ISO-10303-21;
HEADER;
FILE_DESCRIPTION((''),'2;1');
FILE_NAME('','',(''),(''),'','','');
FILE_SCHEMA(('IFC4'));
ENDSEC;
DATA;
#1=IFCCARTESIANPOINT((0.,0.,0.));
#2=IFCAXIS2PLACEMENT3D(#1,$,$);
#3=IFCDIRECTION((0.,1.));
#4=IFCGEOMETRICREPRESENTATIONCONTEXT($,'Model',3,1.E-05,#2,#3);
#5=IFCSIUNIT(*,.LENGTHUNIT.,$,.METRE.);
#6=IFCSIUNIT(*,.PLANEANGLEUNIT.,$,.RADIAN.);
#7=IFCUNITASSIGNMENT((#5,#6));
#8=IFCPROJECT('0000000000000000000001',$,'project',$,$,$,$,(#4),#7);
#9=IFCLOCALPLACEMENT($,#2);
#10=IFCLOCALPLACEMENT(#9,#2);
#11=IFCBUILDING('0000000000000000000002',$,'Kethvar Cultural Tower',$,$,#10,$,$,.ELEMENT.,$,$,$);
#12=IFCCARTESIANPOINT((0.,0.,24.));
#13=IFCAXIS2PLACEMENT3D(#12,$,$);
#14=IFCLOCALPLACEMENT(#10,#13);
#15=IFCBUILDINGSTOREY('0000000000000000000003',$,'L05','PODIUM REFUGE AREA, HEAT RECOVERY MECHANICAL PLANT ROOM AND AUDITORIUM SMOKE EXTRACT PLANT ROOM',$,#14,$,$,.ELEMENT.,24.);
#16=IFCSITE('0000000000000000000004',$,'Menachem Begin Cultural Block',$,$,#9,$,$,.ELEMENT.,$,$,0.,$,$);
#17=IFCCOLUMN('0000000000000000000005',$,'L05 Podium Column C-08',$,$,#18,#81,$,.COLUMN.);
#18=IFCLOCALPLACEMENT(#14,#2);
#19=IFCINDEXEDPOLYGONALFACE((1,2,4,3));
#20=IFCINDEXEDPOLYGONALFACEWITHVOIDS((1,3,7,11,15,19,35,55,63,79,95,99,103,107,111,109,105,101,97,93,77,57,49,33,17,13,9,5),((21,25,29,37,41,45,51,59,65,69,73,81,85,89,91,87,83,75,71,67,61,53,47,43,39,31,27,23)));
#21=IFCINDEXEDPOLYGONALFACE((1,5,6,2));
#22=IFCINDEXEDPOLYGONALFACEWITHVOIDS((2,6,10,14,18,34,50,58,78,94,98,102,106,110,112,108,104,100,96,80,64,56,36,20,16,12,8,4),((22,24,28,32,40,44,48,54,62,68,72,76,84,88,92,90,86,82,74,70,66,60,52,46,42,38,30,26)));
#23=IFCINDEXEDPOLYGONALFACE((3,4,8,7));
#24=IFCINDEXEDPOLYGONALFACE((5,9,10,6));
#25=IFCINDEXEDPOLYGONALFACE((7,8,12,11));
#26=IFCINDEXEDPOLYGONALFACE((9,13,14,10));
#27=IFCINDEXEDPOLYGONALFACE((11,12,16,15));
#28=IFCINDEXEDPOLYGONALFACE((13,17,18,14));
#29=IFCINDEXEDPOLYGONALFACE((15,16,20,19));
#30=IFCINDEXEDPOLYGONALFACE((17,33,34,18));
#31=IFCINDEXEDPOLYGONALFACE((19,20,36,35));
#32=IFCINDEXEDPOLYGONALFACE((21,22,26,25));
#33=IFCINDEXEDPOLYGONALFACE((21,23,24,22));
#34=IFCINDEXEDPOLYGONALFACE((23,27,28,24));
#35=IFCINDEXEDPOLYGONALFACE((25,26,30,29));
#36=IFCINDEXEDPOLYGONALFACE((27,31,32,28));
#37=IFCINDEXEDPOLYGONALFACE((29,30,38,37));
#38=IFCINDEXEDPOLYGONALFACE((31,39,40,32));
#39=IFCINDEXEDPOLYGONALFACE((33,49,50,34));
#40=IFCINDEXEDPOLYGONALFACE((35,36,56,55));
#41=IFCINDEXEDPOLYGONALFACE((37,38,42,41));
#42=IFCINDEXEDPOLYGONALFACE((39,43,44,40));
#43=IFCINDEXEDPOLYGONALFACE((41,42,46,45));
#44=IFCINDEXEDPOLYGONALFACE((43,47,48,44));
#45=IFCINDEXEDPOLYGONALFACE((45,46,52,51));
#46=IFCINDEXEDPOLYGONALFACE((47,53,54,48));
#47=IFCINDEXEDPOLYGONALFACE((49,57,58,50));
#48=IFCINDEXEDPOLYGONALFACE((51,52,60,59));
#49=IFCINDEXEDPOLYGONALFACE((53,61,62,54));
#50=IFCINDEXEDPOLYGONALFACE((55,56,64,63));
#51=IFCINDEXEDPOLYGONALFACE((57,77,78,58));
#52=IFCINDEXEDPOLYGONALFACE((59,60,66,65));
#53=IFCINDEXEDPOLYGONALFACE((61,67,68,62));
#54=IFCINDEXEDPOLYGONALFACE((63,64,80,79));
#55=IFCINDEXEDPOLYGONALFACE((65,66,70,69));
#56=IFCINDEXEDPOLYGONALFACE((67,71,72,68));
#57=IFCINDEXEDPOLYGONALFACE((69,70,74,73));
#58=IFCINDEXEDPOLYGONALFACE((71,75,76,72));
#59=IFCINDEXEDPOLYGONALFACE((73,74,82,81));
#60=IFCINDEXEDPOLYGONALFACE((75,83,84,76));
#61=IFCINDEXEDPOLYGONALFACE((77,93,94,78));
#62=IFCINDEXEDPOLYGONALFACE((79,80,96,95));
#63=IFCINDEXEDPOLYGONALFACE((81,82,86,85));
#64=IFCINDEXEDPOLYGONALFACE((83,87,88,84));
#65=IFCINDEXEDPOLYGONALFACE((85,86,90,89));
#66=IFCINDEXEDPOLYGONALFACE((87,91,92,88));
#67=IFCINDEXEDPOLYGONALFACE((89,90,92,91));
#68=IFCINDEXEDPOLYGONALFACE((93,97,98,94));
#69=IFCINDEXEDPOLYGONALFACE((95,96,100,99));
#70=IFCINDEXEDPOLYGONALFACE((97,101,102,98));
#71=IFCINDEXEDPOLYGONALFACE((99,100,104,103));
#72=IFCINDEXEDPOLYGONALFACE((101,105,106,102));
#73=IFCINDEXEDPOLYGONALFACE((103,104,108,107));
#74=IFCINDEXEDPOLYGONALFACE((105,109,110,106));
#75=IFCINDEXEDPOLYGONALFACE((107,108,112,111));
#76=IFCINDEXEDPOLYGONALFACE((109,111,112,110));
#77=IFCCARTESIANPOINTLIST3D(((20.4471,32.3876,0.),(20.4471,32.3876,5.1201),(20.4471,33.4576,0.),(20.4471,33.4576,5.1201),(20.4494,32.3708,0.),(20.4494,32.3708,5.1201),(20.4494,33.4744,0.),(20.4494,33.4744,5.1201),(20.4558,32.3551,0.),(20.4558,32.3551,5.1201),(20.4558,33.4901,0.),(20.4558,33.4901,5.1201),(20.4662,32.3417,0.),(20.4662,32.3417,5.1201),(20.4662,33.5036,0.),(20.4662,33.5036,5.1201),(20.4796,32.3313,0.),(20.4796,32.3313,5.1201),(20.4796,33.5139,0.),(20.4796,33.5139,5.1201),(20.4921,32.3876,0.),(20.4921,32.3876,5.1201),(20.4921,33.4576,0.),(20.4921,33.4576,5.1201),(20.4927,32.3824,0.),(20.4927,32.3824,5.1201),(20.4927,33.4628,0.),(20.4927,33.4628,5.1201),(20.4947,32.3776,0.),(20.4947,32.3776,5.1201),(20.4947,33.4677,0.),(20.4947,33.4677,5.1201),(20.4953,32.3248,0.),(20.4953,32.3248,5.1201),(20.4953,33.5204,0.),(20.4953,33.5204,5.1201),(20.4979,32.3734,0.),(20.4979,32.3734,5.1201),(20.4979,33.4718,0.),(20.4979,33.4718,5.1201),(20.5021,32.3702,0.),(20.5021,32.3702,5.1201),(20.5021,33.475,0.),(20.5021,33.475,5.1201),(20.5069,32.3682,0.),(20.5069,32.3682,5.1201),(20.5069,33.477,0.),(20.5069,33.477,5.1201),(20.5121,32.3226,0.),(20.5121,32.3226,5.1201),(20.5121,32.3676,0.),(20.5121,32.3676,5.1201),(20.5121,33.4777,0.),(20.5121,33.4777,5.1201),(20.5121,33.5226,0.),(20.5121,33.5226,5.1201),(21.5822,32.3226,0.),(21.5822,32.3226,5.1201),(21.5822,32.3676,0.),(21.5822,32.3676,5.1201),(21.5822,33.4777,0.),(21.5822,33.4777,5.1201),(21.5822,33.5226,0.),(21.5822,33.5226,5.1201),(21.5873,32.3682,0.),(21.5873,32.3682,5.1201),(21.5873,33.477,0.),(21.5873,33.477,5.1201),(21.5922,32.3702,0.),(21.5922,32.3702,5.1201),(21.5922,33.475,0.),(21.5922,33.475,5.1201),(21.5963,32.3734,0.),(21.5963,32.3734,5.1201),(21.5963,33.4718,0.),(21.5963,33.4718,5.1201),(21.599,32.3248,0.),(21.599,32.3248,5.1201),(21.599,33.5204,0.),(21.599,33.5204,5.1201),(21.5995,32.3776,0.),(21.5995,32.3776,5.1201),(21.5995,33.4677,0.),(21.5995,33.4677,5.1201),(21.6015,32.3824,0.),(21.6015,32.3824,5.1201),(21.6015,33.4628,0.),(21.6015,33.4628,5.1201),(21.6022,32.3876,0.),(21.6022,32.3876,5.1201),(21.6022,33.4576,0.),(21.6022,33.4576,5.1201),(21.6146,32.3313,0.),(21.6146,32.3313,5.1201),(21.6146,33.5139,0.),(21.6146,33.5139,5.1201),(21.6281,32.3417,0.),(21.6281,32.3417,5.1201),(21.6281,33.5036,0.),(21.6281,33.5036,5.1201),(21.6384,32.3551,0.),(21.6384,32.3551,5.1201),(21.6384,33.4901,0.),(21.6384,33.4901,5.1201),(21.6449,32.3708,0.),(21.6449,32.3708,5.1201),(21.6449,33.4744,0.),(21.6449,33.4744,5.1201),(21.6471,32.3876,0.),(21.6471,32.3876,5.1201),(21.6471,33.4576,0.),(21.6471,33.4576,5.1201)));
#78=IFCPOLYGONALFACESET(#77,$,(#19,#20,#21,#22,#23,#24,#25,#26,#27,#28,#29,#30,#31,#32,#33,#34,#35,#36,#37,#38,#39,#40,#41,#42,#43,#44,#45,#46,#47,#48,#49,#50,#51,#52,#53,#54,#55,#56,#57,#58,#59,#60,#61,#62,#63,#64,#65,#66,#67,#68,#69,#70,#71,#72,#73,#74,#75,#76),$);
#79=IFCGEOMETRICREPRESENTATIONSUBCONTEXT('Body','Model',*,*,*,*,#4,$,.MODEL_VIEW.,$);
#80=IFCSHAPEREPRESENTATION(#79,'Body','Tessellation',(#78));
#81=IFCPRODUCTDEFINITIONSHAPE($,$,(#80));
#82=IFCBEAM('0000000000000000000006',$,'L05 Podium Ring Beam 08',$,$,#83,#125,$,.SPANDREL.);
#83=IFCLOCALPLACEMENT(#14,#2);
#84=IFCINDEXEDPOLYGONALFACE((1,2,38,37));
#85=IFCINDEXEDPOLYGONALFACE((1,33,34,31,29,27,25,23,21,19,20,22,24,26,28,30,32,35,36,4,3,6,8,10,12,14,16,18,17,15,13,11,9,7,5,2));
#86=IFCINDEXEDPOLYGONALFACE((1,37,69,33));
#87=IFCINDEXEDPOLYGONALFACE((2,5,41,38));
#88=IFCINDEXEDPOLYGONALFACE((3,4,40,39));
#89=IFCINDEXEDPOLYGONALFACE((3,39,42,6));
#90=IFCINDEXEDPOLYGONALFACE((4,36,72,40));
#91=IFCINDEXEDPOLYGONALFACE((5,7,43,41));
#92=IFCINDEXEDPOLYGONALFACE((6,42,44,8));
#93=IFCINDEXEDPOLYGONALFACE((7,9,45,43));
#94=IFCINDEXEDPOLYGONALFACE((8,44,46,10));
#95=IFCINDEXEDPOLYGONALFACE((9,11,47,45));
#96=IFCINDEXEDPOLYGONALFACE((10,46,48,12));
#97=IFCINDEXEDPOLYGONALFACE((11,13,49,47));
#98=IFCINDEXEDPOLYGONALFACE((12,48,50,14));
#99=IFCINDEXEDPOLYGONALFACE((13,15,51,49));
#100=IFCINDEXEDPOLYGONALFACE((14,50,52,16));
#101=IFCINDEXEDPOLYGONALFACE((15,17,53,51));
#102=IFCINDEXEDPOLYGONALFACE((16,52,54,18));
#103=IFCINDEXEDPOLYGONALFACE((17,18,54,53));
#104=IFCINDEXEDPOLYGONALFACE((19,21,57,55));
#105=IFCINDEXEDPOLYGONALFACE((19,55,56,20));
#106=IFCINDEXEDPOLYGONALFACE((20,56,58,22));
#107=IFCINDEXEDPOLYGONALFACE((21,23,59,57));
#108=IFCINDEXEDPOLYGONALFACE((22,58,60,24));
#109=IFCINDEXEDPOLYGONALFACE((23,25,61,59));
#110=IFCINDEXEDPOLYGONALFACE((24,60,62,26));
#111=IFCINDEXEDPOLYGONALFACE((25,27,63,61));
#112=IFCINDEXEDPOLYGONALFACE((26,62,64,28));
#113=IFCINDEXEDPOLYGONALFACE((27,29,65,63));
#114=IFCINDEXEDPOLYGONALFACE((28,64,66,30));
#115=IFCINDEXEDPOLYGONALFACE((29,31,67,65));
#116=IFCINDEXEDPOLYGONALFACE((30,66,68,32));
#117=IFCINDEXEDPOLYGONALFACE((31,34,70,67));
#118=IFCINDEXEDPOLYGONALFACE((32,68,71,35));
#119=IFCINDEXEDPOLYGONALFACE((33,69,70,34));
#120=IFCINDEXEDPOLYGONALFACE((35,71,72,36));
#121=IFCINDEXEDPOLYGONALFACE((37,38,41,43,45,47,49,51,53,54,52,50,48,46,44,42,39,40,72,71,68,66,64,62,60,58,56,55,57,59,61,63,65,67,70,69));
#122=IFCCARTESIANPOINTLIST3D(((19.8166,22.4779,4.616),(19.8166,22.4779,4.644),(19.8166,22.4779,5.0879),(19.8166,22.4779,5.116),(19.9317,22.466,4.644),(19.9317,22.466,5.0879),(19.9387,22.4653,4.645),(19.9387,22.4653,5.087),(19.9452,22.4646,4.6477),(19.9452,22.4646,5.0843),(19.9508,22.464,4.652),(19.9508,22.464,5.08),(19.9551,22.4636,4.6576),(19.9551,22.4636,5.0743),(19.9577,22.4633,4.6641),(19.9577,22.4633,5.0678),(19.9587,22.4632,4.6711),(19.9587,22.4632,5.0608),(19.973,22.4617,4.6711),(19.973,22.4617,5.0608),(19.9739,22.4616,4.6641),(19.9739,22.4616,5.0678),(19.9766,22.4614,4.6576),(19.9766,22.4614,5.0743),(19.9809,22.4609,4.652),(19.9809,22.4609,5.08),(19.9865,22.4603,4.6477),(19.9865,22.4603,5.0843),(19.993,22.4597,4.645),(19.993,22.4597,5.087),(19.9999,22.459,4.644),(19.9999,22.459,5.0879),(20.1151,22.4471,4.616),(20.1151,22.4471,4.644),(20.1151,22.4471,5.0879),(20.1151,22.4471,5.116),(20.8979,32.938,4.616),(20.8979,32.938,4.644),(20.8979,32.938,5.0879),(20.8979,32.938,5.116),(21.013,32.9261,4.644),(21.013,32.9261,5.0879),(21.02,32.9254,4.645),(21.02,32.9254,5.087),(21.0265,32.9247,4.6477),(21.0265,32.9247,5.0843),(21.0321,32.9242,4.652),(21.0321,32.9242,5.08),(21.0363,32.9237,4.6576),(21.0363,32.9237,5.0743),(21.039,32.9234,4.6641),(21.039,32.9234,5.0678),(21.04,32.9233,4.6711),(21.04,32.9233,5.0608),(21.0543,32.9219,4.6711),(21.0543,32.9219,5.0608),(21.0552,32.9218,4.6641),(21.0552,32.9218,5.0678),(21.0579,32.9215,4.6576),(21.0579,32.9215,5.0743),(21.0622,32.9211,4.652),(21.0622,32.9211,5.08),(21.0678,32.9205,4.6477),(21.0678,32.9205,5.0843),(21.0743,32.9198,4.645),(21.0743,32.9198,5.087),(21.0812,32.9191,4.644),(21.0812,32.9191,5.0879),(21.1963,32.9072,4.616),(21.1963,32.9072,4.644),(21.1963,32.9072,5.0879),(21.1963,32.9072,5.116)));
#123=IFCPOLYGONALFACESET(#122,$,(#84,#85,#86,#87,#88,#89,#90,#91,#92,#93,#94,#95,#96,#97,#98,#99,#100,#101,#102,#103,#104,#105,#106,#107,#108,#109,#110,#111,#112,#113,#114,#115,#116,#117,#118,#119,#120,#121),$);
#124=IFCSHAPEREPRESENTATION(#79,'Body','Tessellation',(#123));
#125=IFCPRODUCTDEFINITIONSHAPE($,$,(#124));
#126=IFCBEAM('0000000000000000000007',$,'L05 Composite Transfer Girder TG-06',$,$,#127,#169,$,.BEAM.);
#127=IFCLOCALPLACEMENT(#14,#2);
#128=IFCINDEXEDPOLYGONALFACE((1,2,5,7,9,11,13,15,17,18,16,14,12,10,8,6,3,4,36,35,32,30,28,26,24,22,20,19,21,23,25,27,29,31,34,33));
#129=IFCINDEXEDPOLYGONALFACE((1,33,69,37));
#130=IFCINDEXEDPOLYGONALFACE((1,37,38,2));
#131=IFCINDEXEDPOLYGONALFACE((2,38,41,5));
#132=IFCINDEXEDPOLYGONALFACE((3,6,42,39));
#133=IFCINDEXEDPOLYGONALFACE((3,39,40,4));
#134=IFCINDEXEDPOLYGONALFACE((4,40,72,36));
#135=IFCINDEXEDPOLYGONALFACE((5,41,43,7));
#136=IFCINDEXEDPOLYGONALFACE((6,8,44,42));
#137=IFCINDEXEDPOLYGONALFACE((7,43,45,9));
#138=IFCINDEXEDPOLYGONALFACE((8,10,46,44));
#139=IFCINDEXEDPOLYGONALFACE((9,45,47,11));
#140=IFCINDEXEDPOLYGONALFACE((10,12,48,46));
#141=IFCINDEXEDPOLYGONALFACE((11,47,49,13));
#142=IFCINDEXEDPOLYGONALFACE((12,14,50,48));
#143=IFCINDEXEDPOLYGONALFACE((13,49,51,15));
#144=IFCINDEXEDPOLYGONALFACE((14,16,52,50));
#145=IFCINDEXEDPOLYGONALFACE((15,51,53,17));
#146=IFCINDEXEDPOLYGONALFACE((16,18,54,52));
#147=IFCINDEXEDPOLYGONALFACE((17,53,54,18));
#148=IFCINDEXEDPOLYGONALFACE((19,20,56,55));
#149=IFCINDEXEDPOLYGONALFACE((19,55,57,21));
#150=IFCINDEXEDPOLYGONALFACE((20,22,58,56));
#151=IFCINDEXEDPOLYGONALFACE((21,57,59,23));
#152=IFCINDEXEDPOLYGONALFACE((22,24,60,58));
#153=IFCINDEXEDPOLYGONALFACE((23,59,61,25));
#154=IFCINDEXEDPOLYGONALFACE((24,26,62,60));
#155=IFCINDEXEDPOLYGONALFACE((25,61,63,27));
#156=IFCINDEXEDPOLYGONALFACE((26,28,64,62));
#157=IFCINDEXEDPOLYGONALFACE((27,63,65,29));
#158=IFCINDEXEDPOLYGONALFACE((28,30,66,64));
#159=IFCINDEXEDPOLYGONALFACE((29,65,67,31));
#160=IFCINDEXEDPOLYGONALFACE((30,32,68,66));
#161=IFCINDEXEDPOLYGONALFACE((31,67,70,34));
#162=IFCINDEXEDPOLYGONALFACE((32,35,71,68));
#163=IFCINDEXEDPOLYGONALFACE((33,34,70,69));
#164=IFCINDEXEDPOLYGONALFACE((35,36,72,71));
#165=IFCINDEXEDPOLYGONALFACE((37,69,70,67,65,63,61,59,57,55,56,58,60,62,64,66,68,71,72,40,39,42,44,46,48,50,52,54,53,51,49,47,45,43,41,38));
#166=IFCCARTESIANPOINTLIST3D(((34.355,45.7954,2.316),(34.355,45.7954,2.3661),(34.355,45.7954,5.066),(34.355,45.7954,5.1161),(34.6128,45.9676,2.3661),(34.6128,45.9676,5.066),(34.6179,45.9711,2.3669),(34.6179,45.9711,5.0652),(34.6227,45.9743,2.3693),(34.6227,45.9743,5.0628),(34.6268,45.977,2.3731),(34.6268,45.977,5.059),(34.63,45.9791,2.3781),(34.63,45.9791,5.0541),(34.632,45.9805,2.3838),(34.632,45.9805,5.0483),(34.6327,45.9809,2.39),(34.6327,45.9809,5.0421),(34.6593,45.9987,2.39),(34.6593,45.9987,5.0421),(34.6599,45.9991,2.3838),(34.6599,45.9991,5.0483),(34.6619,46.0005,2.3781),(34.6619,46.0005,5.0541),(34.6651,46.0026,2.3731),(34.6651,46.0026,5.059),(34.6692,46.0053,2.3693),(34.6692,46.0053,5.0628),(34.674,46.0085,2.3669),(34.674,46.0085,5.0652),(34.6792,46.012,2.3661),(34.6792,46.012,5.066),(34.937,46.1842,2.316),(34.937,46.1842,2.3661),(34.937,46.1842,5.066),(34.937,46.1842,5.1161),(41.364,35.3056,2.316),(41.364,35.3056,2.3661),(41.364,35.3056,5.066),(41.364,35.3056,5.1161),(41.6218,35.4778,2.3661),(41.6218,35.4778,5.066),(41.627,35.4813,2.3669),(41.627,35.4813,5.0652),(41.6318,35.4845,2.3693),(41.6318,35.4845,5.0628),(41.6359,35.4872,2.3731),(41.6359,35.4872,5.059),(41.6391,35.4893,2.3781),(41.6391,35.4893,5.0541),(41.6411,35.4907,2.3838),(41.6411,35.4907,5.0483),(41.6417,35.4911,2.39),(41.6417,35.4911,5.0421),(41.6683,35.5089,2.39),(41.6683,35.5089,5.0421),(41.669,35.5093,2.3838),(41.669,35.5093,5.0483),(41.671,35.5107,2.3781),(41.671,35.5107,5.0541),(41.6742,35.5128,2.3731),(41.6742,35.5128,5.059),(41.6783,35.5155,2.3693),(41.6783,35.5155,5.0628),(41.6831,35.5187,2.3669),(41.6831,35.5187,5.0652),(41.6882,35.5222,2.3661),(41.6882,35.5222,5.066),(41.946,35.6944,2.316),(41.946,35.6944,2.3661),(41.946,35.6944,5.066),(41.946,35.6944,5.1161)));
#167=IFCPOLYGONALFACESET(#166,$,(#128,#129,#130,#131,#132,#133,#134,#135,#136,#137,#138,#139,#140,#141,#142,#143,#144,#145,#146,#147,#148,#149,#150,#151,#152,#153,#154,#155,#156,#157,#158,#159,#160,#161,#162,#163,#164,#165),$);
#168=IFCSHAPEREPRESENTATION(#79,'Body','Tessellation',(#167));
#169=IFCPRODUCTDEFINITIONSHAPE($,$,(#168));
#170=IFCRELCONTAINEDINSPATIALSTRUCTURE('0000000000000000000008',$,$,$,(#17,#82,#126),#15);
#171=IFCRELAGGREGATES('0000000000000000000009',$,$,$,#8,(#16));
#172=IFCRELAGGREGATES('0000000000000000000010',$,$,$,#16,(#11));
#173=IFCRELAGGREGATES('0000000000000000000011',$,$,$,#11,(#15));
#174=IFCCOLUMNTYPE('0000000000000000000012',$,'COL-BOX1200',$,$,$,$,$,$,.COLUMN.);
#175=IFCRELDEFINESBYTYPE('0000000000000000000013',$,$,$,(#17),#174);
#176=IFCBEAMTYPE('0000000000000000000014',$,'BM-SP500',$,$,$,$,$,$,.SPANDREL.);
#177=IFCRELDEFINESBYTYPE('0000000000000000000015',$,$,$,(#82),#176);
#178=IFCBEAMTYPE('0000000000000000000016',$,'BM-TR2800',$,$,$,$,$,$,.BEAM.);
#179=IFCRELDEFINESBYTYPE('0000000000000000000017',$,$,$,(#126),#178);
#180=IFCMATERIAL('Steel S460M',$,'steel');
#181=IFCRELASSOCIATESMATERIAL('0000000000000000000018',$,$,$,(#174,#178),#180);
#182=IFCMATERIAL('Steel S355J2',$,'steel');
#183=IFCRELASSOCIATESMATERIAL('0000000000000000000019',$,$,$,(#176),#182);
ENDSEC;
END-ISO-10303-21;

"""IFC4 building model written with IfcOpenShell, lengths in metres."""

from ifc_helpers import new_model, si_unit, direction, frame, origin, origin_2d, place, context, subcontext, project, spatial, hollow_rectangle, i_section, extrude, source, transform, mapped, material, material_profile, profile_set, type_object, element, save


model = new_model("IFC4")

# Units and contexts
model_context = context("Model", 3, precision=1e-05, world=origin(), true_north=direction((0.0, 1.0)))
body_context = subcontext(model_context, "Body", "Model", "MODEL_VIEW")
ifc_project = project(units=[si_unit("LENGTHUNIT", "METRE"), si_unit("PLANEANGLEUNIT", "RADIAN")], contexts=[model_context])

# Site, building, storey
site_placement = place(None, origin())
site = spatial("IfcSite", under=ifc_project, at=site_placement, Name="Menachem Begin Cultural Block", CompositionType="ELEMENT", RefElevation=0.0)
building_placement = place(site_placement, origin())
building = spatial("IfcBuilding", under=site, at=building_placement, Name="Kethvar Cultural Tower", CompositionType="ELEMENT")
storey_placement = place(building_placement, frame((0.0, 0.0, 24.0)))
storey = spatial("IfcBuildingStorey", under=building, at=storey_placement, Name="L05", Description="PODIUM REFUGE AREA, HEAT RECOVERY MECHANICAL PLANT ROOM AND AUDITORIUM SMOKE EXTRACT PLANT ROOM", CompositionType="ELEMENT", Elevation=24.0)

# Column
ifc_material_1 = material(Name="Steel S460M", Category="steel")
ifc_material_profile_1 = material_profile(ifc_material_1, hollow_rectangle(XDim=1.2, YDim=1.2, WallThickness=0.0449, InnerFilletRadius=0.02, OuterFilletRadius=0.0649, at=origin_2d()), Name="Steel S460M — BOX1200x1200x45")
ifc_profile_set_1 = profile_set([ifc_material_profile_1], Name="Steel S460M — BOX1200x1200x45")
column_type = type_object("IfcColumnType", Name="COL-BOX1200", PredefinedType="COLUMN", material=ifc_profile_set_1)
shared_shape_1 = source(origin(), body_context, "Body", "SweptSolid", [
    extrude(hollow_rectangle(XDim=1.2, YDim=1.2, WallThickness=0.0449, InnerFilletRadius=0.02, OuterFilletRadius=0.0649, at=origin_2d()), origin(), (0.0, 0.0, 1.0), 5.1201),
])
column_placement = place(storey_placement, frame((21.0471, 32.9226, 0.0), z_axis=(0.0, 0.0, 1.0), x_axis=(1.0, 0.0, 0.0)))
element("IfcColumn", 1, at=column_placement, inside=storey, type_object=column_type, Name="L05 Podium Column C-08", PredefinedType="COLUMN", context=body_context, shape_type="MappedRepresentation", body=[
    mapped(shared_shape_1, transform((0.0, 0.0, 0.0), scale=1.0)),
])

# Beams
ifc_material_2 = material(Name="Steel S355J2", Category="steel")
ifc_material_profile_2 = material_profile(ifc_material_2, i_section(OverallWidth=0.3, OverallDepth=0.5, WebThickness=0.0144, FlangeThickness=0.0281, FilletRadius=0.0271, at=origin_2d()), Name="Steel S355J2 — HEB500")
ifc_profile_set_2 = profile_set([ifc_material_profile_2], Name="Steel S355J2 — HEB500")
beam_type_1 = type_object("IfcBeamType", Name="BM-SP500", PredefinedType="SPANDREL", material=ifc_profile_set_2)
shared_shape_2 = source(origin(), body_context, "Body", "SweptSolid", [
    extrude(i_section(OverallWidth=0.3, OverallDepth=0.5, WebThickness=0.0144, FlangeThickness=0.0281, FilletRadius=0.0271, at=origin_2d()), origin(), (0.0, 0.0, 1.0), 10.5159),
])
beam_1_placement = place(storey_placement, frame((21.0471, 32.9226, 4.866), z_axis=(-0.102825, -0.994699, 0.0), x_axis=(0.994699, -0.102825, 0.0)))
element("IfcBeam", 2, at=beam_1_placement, inside=storey, type_object=beam_type_1, Name="L05 Podium Ring Beam 08", PredefinedType="SPANDREL", context=body_context, shape_type="MappedRepresentation", body=[
    mapped(shared_shape_2, transform((0.0, 0.0, 0.0), scale=1.0)),
])
ifc_material_profile_3 = material_profile(ifc_material_1, i_section(OverallWidth=0.7, OverallDepth=2.8, WebThickness=0.032, FlangeThickness=0.05, FilletRadius=0.0239, at=origin_2d()), Name="Steel S460M — PG2800x700x50x32")
ifc_profile_set_3 = profile_set([ifc_material_profile_3], Name="Steel S460M — PG2800x700x50x32")
beam_type_2 = type_object("IfcBeamType", Name="BM-TR2800", PredefinedType="BEAM", material=ifc_profile_set_3)
shared_shape_3 = source(origin(), body_context, "Body", "SweptSolid", [
    extrude(i_section(OverallWidth=0.7, OverallDepth=2.8, WebThickness=0.032, FlangeThickness=0.05, FilletRadius=0.0239, at=origin_2d()), origin(), (0.0, 0.0, 1.0), 12.616),
])
beam_2_placement = place(storey_placement, frame((41.655, 35.5, 3.7161), z_axis=(-0.555571, 0.831469, 0.0), x_axis=(-0.831469, -0.555571, 0.0)))
element("IfcBeam", 3, at=beam_2_placement, inside=storey, type_object=beam_type_2, Name="L05 Composite Transfer Girder TG-06", PredefinedType="BEAM", context=body_context, shape_type="MappedRepresentation", body=[
    mapped(shared_shape_3, transform((0.0, 0.0, 0.0), scale=1.0)),
])

save(model, "model.ifc")
